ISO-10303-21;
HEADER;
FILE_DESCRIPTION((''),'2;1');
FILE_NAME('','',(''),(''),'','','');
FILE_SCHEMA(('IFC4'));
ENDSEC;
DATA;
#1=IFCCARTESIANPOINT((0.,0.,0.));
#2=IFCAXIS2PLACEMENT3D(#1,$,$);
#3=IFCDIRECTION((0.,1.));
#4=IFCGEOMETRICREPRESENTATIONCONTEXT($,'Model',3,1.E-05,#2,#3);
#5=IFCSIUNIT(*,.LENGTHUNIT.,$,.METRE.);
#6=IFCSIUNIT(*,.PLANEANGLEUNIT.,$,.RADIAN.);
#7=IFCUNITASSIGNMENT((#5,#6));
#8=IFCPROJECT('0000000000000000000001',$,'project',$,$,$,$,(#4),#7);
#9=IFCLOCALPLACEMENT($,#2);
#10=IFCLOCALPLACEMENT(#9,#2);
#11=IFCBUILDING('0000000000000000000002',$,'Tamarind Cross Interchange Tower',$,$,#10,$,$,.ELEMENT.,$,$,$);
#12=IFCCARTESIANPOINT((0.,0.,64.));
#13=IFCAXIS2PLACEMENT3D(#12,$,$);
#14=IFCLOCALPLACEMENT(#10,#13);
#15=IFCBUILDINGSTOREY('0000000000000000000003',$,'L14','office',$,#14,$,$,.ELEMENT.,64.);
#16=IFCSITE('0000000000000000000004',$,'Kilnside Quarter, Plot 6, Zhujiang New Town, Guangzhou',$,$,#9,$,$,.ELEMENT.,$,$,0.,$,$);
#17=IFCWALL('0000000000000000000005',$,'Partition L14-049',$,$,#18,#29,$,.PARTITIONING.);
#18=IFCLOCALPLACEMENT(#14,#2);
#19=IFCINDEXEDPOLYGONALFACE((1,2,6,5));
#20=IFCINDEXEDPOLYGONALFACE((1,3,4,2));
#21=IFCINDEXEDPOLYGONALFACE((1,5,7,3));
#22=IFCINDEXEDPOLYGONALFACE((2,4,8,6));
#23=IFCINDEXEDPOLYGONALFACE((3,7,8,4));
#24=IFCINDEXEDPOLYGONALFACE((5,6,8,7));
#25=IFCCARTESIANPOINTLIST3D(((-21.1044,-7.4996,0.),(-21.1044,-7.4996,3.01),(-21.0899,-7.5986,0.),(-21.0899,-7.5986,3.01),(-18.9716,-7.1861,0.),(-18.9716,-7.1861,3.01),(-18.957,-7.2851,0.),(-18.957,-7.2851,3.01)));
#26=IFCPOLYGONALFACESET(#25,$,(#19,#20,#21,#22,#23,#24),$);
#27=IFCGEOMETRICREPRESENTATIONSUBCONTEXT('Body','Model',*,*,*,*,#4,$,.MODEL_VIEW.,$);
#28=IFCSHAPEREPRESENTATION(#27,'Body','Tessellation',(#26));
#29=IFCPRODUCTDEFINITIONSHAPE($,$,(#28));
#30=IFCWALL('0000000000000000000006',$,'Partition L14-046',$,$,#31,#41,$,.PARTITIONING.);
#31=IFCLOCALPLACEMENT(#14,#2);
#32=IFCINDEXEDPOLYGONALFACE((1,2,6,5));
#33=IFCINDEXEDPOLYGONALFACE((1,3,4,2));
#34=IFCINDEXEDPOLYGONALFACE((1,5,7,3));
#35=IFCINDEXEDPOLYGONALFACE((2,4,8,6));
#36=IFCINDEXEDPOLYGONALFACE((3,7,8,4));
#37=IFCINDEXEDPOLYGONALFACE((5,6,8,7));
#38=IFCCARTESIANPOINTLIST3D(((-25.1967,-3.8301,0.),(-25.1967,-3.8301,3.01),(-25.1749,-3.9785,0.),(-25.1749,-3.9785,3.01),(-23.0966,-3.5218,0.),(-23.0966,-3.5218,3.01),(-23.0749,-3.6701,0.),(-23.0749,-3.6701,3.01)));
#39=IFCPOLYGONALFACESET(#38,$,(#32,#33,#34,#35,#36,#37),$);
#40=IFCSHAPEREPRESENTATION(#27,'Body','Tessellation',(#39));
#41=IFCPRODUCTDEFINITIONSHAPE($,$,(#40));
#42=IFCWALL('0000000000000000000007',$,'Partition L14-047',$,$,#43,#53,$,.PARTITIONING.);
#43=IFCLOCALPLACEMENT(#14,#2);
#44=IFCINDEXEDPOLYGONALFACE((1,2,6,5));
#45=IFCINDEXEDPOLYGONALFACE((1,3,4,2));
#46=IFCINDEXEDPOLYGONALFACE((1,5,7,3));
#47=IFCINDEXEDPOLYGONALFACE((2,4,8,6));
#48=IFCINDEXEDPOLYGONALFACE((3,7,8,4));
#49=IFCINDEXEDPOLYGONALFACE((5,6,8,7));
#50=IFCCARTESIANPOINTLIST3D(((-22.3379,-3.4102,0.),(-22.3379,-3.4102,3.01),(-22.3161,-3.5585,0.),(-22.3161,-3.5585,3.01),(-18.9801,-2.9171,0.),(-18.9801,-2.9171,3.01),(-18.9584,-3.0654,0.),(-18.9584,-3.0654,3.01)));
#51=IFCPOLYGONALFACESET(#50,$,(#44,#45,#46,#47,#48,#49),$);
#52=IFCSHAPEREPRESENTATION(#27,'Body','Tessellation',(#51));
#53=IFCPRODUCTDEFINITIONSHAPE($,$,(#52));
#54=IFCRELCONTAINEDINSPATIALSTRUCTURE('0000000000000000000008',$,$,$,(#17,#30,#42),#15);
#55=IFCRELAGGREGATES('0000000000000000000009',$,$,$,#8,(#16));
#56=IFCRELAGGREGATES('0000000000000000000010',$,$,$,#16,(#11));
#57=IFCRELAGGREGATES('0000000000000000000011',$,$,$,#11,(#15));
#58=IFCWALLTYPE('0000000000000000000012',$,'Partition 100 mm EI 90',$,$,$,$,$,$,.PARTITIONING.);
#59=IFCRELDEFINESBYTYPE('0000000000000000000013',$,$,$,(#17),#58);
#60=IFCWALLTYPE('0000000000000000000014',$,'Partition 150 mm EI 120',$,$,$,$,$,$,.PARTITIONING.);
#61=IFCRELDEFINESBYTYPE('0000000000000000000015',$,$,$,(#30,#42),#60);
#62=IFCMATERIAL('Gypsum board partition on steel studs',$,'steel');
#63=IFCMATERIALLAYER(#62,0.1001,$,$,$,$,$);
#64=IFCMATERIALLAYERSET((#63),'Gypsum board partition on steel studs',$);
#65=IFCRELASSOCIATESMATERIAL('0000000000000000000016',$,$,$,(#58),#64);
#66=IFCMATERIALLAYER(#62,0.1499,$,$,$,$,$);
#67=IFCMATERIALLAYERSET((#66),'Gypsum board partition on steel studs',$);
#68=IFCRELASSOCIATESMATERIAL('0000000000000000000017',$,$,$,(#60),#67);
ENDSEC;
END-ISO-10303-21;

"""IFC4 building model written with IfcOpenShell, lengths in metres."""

from ifc_helpers import new_model, si_unit, direction, frame, frame_2d, origin, place, context, subcontext, project, spatial, rectangle, extrude, material, layer, layer_set, type_object, element, save


model = new_model("IFC4")

# Units and contexts
model_context = context("Model", 3, precision=1e-05, world=origin(), true_north=direction((0.0, 1.0)))
body_context = subcontext(model_context, "Body", "Model", "MODEL_VIEW")
ifc_project = project(units=[si_unit("LENGTHUNIT", "METRE"), si_unit("PLANEANGLEUNIT", "RADIAN")], contexts=[model_context])

# Site, building, storey
site_placement = place(None, origin())
site = spatial("IfcSite", under=ifc_project, at=site_placement, Name="Kilnside Quarter, Plot 6, Zhujiang New Town, Guangzhou", CompositionType="ELEMENT", RefElevation=0.0)
building_placement = place(site_placement, origin())
building = spatial("IfcBuilding", under=site, at=building_placement, Name="Tamarind Cross Interchange Tower", CompositionType="ELEMENT")
storey_placement = place(building_placement, frame((0.0, 0.0, 64.0)))
storey = spatial("IfcBuildingStorey", under=building, at=storey_placement, Name="L14", Description="office", CompositionType="ELEMENT", Elevation=64.0)

# Walls
ifc_material_1 = material(Name="Gypsum board partition on steel studs", Category="steel")
ifc_layer_1 = layer(ifc_material_1, 0.1001)
ifc_layer_set_1 = layer_set([ifc_layer_1], Name="Gypsum board partition on steel studs")
wall_type_1 = type_object("IfcWallType", Name="Partition 100 mm EI 90", PredefinedType="PARTITIONING", material=ifc_layer_set_1)
wall_1_placement = place(storey_placement, frame((-21.0972, -7.5491, 0.0), z_axis=(0.0, 0.0, 1.0), x_axis=(0.989371, 0.145416, 0.0)))
element("IfcWall", 1, at=wall_1_placement, inside=storey, type_object=wall_type_1, Name="Partition L14-049", PredefinedType="PARTITIONING", context=body_context, shape_type="SweptSolid", body=[
    extrude(rectangle(XDim=2.1558, YDim=0.1001, at=frame_2d((1.0779, 0.0))), origin(), (0.0, 0.0, 1.0), 3.01),
])
ifc_layer_2 = layer(ifc_material_1, 0.1499)
ifc_layer_set_2 = layer_set([ifc_layer_2], Name="Gypsum board partition on steel studs")
wall_type_2 = type_object("IfcWallType", Name="Partition 150 mm EI 120", PredefinedType="PARTITIONING", material=ifc_layer_set_2)
wall_2_placement = place(storey_placement, frame((-25.1858, -3.9043, 0.0), z_axis=(0.0, 0.0, 1.0), x_axis=(0.989392, 0.145269, 0.0)))
element("IfcWall", 2, at=wall_2_placement, inside=storey, type_object=wall_type_2, Name="Partition L14-046", PredefinedType="PARTITIONING", context=body_context, shape_type="SweptSolid", body=[
    extrude(rectangle(XDim=2.1226, YDim=0.1499, at=frame_2d((1.0613, 0.0))), origin(), (0.0, 0.0, 1.0), 3.01),
])
wall_3_placement = place(storey_placement, frame((-22.3269, -3.4844, 0.0), z_axis=(0.0, 0.0, 1.0), x_axis=(0.989385, 0.145318, 0.0)))
element("IfcWall", 3, at=wall_3_placement, inside=storey, type_object=wall_type_2, Name="Partition L14-047", PredefinedType="PARTITIONING", context=body_context, shape_type="SweptSolid", body=[
    extrude(rectangle(XDim=3.3938, YDim=0.1499, at=frame_2d((1.6968, 0.0))), origin(), (0.0, 0.0, 1.0), 3.01),
])

save(model, "model.ifc")
